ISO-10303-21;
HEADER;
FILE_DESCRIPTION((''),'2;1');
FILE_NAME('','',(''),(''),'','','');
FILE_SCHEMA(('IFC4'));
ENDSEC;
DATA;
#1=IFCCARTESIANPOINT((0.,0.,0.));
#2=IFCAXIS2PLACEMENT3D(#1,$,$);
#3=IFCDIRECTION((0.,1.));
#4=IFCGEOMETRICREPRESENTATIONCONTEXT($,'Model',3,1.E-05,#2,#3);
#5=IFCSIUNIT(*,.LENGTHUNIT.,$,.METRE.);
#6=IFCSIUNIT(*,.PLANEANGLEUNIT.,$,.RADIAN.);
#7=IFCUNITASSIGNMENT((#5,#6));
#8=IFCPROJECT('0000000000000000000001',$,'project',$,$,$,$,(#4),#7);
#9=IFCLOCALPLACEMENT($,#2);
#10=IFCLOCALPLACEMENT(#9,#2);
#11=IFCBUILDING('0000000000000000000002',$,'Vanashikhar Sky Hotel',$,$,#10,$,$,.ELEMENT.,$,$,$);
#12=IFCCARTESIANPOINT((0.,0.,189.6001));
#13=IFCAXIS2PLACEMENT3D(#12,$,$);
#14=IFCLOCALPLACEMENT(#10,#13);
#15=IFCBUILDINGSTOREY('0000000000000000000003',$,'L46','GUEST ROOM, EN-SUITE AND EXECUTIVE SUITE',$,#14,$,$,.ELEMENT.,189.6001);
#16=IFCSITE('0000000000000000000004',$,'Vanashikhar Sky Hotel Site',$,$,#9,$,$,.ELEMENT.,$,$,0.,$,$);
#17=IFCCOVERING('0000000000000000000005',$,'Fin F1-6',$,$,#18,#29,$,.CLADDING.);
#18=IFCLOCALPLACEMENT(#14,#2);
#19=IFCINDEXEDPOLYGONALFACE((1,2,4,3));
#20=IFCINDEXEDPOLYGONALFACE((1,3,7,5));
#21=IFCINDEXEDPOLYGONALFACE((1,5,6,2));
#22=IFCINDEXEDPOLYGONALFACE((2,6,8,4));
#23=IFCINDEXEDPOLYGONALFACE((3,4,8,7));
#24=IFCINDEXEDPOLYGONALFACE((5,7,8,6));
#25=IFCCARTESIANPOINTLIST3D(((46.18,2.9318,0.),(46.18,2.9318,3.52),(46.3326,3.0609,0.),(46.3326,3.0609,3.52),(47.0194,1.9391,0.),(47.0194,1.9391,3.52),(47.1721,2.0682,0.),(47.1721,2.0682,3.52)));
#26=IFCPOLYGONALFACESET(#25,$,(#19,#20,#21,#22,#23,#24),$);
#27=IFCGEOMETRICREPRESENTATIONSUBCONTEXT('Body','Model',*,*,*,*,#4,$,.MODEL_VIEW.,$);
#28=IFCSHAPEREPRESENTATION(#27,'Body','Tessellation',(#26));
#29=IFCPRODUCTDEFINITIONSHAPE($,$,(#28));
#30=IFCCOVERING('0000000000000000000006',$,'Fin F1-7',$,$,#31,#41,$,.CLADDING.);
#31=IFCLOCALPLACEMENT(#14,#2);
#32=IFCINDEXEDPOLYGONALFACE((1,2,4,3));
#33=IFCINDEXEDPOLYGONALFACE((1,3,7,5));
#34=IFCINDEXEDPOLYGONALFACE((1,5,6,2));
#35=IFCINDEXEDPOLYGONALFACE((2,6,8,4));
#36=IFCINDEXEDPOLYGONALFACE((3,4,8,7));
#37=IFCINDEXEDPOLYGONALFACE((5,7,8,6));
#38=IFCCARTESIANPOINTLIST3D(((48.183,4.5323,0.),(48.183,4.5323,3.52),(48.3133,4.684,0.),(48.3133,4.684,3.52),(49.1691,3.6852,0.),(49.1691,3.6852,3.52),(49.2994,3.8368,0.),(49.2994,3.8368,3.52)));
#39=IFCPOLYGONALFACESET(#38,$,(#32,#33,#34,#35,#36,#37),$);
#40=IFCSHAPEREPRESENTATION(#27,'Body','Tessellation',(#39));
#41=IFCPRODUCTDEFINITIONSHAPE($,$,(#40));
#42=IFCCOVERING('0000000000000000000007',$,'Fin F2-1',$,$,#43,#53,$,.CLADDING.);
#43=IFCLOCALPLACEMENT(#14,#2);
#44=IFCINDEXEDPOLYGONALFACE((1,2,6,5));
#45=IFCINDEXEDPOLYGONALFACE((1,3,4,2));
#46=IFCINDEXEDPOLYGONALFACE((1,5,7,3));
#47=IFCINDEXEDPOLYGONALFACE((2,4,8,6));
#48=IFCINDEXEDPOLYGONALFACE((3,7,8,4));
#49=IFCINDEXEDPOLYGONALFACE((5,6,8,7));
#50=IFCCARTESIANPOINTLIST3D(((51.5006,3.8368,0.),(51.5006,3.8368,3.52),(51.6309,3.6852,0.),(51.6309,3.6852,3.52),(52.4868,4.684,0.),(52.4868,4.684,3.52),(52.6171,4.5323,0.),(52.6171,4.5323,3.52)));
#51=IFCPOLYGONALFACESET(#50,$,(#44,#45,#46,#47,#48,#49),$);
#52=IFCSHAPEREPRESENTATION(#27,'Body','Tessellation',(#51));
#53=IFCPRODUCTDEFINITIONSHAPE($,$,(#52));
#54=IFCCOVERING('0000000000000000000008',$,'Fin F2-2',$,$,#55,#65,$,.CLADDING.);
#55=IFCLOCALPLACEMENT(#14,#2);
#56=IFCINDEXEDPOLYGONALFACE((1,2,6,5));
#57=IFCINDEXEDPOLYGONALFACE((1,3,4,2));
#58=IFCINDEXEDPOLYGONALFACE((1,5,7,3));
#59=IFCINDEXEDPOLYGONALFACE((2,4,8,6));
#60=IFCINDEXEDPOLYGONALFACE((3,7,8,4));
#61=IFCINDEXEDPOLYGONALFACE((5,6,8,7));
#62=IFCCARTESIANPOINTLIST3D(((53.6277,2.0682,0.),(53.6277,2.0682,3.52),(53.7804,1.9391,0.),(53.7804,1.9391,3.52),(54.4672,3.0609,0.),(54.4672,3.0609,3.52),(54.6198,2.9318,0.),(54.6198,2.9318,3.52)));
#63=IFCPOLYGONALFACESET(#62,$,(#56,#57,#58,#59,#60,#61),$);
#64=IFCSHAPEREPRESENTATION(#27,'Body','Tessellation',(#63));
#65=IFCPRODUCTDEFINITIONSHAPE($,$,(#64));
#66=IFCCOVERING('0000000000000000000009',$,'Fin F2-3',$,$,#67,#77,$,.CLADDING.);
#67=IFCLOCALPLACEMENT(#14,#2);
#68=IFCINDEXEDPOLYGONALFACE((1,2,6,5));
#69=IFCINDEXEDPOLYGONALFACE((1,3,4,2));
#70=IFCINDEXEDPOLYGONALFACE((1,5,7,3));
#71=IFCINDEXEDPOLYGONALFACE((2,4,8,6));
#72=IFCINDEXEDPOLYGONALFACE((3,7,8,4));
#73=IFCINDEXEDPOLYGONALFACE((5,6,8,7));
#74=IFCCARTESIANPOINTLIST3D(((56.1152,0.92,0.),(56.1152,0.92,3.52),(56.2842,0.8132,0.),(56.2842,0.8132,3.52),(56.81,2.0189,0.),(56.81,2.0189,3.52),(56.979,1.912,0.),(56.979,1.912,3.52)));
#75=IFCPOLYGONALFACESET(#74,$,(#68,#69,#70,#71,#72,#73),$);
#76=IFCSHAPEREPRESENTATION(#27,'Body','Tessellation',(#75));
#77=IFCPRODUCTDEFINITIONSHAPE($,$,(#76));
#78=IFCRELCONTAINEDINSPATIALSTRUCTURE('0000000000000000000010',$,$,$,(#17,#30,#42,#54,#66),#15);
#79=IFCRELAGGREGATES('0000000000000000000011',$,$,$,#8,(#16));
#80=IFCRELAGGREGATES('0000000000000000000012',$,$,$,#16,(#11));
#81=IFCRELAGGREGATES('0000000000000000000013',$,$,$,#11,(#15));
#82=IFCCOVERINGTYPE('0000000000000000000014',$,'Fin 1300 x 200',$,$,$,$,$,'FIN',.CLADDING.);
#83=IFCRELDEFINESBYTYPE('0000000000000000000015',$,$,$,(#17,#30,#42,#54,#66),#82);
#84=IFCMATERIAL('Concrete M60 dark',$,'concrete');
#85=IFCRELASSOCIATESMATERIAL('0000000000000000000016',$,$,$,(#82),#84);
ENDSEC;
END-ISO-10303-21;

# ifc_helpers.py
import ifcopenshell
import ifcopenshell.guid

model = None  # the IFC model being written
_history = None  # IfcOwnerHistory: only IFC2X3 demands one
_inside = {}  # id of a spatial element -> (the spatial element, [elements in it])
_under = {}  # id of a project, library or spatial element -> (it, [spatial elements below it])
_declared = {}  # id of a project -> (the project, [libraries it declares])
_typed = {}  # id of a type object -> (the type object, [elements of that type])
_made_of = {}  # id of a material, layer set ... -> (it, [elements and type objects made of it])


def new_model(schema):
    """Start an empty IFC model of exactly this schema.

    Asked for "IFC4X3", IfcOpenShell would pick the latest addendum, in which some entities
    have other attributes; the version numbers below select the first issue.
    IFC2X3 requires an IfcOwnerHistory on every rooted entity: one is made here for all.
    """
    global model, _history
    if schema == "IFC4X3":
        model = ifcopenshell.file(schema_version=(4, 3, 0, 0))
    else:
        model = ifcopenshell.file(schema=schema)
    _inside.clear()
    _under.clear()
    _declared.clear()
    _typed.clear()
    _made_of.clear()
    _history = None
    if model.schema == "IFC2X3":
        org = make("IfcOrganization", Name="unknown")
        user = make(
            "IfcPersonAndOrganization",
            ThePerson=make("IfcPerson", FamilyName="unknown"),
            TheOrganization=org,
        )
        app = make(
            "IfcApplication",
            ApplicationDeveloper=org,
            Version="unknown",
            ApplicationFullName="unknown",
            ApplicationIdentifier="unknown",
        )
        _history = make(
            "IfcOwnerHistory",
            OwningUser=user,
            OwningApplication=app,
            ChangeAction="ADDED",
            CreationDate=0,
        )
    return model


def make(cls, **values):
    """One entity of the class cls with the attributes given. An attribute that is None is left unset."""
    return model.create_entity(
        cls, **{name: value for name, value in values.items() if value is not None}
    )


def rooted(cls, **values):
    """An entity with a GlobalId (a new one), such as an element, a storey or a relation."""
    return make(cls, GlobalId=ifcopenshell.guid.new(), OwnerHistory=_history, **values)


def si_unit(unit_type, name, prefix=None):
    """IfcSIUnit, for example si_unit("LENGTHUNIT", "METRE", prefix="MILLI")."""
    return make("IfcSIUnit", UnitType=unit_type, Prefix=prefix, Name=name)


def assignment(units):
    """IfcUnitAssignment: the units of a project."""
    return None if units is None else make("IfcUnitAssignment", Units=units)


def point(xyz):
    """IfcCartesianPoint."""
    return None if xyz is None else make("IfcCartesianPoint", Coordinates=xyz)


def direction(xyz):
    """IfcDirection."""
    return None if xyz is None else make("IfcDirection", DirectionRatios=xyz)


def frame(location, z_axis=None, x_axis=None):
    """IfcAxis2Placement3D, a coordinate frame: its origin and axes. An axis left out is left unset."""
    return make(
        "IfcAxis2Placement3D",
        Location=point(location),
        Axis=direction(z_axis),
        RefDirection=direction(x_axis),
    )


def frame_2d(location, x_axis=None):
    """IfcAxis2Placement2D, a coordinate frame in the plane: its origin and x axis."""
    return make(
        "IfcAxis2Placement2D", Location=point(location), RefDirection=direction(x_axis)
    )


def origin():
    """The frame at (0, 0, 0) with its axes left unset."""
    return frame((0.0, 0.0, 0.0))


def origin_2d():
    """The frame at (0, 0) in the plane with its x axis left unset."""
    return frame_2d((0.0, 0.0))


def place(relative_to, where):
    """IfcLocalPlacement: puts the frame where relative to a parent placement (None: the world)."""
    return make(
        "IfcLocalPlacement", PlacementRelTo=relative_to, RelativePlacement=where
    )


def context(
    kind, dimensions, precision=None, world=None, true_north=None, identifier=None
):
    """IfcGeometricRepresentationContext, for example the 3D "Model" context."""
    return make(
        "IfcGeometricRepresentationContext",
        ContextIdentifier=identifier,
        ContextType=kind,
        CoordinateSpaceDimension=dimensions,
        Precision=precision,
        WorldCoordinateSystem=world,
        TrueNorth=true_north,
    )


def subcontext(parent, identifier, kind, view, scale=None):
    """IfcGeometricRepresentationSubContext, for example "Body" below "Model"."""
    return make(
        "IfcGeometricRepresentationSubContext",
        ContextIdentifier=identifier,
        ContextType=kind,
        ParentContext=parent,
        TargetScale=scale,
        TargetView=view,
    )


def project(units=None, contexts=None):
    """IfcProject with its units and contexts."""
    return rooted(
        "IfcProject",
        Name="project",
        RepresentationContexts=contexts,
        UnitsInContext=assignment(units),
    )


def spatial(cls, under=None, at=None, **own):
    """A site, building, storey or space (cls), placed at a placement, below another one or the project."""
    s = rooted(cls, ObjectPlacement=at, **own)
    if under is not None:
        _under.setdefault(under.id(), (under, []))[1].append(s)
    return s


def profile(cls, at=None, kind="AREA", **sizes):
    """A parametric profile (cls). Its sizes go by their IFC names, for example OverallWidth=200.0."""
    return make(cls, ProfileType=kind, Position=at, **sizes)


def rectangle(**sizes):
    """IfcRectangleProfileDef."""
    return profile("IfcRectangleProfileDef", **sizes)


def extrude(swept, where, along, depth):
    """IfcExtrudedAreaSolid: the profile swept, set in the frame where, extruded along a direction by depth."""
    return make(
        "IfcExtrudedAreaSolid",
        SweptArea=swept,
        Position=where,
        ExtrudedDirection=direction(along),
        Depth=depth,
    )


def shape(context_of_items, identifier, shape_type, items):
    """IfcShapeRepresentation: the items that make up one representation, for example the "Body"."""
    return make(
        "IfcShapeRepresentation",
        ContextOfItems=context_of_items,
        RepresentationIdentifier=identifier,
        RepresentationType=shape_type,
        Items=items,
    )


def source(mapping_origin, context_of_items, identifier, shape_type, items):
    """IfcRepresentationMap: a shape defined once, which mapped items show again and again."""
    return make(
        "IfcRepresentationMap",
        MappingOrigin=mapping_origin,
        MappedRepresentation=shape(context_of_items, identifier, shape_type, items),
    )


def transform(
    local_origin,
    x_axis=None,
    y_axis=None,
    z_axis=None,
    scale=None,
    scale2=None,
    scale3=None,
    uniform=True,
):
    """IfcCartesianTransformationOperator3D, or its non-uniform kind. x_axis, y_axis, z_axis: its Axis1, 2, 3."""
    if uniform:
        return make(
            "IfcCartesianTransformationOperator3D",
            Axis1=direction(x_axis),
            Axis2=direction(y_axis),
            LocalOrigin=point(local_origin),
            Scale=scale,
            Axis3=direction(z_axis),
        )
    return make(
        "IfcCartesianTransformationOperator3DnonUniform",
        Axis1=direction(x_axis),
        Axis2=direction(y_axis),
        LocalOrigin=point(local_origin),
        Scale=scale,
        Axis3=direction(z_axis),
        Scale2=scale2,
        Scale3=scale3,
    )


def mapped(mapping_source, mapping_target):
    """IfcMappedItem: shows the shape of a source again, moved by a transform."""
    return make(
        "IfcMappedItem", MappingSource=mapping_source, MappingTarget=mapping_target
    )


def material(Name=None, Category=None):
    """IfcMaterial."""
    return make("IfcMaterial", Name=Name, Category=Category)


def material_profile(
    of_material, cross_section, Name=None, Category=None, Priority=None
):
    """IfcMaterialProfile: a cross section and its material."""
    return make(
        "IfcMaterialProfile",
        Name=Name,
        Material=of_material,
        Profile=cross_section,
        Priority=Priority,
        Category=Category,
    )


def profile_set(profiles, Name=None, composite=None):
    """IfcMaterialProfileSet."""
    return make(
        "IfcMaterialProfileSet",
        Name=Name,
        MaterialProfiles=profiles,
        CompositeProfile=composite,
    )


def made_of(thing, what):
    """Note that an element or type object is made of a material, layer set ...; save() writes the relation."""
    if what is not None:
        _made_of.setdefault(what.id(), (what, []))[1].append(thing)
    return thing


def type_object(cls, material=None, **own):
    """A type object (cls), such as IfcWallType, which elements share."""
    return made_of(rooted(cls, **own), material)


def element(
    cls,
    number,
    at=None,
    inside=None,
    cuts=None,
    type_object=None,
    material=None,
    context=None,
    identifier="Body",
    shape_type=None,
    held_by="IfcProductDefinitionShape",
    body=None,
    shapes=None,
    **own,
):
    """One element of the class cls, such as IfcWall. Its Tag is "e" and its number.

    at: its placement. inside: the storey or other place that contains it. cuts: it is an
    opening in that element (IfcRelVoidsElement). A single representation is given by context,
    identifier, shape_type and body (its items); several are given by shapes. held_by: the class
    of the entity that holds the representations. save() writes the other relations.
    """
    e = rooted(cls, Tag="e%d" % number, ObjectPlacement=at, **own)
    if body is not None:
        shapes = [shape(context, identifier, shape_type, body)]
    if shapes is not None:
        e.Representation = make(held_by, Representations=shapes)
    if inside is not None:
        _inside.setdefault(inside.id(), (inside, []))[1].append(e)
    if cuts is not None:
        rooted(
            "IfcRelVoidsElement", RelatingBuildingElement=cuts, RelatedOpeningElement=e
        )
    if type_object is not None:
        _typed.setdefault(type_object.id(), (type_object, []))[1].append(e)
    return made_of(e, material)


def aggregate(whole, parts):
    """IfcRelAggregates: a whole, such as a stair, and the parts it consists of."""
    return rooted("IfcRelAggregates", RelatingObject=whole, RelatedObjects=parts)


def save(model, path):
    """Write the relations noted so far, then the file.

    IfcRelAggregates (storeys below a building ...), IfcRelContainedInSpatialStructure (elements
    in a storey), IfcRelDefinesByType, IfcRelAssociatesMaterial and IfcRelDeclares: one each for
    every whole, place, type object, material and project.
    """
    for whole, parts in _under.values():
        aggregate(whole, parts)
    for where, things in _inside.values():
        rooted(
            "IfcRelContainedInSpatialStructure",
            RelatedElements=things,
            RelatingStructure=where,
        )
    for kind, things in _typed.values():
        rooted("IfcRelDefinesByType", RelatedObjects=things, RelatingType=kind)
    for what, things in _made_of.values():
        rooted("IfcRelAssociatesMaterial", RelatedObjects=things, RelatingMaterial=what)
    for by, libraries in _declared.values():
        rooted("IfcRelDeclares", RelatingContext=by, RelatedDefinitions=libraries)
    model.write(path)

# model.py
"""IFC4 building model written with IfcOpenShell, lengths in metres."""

from ifc_helpers import new_model, si_unit, direction, frame, origin, origin_2d, place, context, subcontext, project, spatial, rectangle, extrude, source, transform, mapped, material, material_profile, profile_set, type_object, element, save


model = new_model("IFC4")

# Units and contexts
model_context = context("Model", 3, precision=1e-05, world=origin(), true_north=direction((0.0, 1.0)))
body_context = subcontext(model_context, "Body", "Model", "MODEL_VIEW")
ifc_project = project(units=[si_unit("LENGTHUNIT", "METRE"), si_unit("PLANEANGLEUNIT", "RADIAN")], contexts=[model_context])

# Site, building, storey
site_placement = place(None, origin())
site = spatial("IfcSite", under=ifc_project, at=site_placement, Name="Vanashikhar Sky Hotel Site", CompositionType="ELEMENT", RefElevation=0.0)
building_placement = place(site_placement, origin())
building = spatial("IfcBuilding", under=site, at=building_placement, Name="Vanashikhar Sky Hotel", CompositionType="ELEMENT")
storey_placement = place(building_placement, frame((0.0, 0.0, 189.6001)))
storey = spatial("IfcBuildingStorey", under=building, at=storey_placement, Name="L46", Description="GUEST ROOM, EN-SUITE AND EXECUTIVE SUITE", CompositionType="ELEMENT", Elevation=189.6001)

# Coverings
ifc_material_1 = material(Name="Concrete M60 dark", Category="concrete")
ifc_material_profile = material_profile(ifc_material_1, rectangle(XDim=1.3, YDim=0.2, at=origin_2d()))
ifc_profile_set = profile_set([ifc_material_profile], Name="Fin 1300 x 200")
covering_type = type_object("IfcCoveringType", Name="Fin 1300 x 200", ElementType="FIN", PredefinedType="CLADDING", material=ifc_profile_set)
shared_shape_1 = source(origin(), body_context, "Body", "SweptSolid", [
    extrude(rectangle(XDim=1.3, YDim=0.2, at=origin_2d()), origin(), (0.0, 0.0, 1.0), 3.52),
])
for number, where, z_axis, x_axis, name in (
    (1, (46.676, 2.5, 0.0), (0.0, 0.0, 1.0), (0.645698, -0.763593, 0.0), "Fin F1-6"),
    (2, (48.7412, 4.1846, 0.0), (0.0, 0.0, 1.0), (0.758544, -0.651622, 0.0), "Fin F1-7"),
    (3, (52.0588, 4.1846, 0.0), (0.0, 0.0, 1.0), (-0.758544, -0.651622, 0.0), "Fin F2-1"),
    (4, (54.1238, 2.5, 0.0), (0.0, 0.0, 1.0), (-0.645698, -0.763593, 0.0), "Fin F2-2"),
    (5, (56.5471, 1.416, 0.0), (0.0, 0.0, 1.0), (-0.534411, -0.845225, 0.0), "Fin F2-3"),
):
    element("IfcCovering", number, at=place(storey_placement, frame(where, z_axis=z_axis, x_axis=x_axis)), inside=storey, type_object=covering_type, Name=name, PredefinedType="CLADDING", context=body_context, shape_type="MappedRepresentation", body=[
        mapped(shared_shape_1, transform((0.0, 0.0, 0.0), scale=1.0)),
    ])

save(model, "model.ifc")
